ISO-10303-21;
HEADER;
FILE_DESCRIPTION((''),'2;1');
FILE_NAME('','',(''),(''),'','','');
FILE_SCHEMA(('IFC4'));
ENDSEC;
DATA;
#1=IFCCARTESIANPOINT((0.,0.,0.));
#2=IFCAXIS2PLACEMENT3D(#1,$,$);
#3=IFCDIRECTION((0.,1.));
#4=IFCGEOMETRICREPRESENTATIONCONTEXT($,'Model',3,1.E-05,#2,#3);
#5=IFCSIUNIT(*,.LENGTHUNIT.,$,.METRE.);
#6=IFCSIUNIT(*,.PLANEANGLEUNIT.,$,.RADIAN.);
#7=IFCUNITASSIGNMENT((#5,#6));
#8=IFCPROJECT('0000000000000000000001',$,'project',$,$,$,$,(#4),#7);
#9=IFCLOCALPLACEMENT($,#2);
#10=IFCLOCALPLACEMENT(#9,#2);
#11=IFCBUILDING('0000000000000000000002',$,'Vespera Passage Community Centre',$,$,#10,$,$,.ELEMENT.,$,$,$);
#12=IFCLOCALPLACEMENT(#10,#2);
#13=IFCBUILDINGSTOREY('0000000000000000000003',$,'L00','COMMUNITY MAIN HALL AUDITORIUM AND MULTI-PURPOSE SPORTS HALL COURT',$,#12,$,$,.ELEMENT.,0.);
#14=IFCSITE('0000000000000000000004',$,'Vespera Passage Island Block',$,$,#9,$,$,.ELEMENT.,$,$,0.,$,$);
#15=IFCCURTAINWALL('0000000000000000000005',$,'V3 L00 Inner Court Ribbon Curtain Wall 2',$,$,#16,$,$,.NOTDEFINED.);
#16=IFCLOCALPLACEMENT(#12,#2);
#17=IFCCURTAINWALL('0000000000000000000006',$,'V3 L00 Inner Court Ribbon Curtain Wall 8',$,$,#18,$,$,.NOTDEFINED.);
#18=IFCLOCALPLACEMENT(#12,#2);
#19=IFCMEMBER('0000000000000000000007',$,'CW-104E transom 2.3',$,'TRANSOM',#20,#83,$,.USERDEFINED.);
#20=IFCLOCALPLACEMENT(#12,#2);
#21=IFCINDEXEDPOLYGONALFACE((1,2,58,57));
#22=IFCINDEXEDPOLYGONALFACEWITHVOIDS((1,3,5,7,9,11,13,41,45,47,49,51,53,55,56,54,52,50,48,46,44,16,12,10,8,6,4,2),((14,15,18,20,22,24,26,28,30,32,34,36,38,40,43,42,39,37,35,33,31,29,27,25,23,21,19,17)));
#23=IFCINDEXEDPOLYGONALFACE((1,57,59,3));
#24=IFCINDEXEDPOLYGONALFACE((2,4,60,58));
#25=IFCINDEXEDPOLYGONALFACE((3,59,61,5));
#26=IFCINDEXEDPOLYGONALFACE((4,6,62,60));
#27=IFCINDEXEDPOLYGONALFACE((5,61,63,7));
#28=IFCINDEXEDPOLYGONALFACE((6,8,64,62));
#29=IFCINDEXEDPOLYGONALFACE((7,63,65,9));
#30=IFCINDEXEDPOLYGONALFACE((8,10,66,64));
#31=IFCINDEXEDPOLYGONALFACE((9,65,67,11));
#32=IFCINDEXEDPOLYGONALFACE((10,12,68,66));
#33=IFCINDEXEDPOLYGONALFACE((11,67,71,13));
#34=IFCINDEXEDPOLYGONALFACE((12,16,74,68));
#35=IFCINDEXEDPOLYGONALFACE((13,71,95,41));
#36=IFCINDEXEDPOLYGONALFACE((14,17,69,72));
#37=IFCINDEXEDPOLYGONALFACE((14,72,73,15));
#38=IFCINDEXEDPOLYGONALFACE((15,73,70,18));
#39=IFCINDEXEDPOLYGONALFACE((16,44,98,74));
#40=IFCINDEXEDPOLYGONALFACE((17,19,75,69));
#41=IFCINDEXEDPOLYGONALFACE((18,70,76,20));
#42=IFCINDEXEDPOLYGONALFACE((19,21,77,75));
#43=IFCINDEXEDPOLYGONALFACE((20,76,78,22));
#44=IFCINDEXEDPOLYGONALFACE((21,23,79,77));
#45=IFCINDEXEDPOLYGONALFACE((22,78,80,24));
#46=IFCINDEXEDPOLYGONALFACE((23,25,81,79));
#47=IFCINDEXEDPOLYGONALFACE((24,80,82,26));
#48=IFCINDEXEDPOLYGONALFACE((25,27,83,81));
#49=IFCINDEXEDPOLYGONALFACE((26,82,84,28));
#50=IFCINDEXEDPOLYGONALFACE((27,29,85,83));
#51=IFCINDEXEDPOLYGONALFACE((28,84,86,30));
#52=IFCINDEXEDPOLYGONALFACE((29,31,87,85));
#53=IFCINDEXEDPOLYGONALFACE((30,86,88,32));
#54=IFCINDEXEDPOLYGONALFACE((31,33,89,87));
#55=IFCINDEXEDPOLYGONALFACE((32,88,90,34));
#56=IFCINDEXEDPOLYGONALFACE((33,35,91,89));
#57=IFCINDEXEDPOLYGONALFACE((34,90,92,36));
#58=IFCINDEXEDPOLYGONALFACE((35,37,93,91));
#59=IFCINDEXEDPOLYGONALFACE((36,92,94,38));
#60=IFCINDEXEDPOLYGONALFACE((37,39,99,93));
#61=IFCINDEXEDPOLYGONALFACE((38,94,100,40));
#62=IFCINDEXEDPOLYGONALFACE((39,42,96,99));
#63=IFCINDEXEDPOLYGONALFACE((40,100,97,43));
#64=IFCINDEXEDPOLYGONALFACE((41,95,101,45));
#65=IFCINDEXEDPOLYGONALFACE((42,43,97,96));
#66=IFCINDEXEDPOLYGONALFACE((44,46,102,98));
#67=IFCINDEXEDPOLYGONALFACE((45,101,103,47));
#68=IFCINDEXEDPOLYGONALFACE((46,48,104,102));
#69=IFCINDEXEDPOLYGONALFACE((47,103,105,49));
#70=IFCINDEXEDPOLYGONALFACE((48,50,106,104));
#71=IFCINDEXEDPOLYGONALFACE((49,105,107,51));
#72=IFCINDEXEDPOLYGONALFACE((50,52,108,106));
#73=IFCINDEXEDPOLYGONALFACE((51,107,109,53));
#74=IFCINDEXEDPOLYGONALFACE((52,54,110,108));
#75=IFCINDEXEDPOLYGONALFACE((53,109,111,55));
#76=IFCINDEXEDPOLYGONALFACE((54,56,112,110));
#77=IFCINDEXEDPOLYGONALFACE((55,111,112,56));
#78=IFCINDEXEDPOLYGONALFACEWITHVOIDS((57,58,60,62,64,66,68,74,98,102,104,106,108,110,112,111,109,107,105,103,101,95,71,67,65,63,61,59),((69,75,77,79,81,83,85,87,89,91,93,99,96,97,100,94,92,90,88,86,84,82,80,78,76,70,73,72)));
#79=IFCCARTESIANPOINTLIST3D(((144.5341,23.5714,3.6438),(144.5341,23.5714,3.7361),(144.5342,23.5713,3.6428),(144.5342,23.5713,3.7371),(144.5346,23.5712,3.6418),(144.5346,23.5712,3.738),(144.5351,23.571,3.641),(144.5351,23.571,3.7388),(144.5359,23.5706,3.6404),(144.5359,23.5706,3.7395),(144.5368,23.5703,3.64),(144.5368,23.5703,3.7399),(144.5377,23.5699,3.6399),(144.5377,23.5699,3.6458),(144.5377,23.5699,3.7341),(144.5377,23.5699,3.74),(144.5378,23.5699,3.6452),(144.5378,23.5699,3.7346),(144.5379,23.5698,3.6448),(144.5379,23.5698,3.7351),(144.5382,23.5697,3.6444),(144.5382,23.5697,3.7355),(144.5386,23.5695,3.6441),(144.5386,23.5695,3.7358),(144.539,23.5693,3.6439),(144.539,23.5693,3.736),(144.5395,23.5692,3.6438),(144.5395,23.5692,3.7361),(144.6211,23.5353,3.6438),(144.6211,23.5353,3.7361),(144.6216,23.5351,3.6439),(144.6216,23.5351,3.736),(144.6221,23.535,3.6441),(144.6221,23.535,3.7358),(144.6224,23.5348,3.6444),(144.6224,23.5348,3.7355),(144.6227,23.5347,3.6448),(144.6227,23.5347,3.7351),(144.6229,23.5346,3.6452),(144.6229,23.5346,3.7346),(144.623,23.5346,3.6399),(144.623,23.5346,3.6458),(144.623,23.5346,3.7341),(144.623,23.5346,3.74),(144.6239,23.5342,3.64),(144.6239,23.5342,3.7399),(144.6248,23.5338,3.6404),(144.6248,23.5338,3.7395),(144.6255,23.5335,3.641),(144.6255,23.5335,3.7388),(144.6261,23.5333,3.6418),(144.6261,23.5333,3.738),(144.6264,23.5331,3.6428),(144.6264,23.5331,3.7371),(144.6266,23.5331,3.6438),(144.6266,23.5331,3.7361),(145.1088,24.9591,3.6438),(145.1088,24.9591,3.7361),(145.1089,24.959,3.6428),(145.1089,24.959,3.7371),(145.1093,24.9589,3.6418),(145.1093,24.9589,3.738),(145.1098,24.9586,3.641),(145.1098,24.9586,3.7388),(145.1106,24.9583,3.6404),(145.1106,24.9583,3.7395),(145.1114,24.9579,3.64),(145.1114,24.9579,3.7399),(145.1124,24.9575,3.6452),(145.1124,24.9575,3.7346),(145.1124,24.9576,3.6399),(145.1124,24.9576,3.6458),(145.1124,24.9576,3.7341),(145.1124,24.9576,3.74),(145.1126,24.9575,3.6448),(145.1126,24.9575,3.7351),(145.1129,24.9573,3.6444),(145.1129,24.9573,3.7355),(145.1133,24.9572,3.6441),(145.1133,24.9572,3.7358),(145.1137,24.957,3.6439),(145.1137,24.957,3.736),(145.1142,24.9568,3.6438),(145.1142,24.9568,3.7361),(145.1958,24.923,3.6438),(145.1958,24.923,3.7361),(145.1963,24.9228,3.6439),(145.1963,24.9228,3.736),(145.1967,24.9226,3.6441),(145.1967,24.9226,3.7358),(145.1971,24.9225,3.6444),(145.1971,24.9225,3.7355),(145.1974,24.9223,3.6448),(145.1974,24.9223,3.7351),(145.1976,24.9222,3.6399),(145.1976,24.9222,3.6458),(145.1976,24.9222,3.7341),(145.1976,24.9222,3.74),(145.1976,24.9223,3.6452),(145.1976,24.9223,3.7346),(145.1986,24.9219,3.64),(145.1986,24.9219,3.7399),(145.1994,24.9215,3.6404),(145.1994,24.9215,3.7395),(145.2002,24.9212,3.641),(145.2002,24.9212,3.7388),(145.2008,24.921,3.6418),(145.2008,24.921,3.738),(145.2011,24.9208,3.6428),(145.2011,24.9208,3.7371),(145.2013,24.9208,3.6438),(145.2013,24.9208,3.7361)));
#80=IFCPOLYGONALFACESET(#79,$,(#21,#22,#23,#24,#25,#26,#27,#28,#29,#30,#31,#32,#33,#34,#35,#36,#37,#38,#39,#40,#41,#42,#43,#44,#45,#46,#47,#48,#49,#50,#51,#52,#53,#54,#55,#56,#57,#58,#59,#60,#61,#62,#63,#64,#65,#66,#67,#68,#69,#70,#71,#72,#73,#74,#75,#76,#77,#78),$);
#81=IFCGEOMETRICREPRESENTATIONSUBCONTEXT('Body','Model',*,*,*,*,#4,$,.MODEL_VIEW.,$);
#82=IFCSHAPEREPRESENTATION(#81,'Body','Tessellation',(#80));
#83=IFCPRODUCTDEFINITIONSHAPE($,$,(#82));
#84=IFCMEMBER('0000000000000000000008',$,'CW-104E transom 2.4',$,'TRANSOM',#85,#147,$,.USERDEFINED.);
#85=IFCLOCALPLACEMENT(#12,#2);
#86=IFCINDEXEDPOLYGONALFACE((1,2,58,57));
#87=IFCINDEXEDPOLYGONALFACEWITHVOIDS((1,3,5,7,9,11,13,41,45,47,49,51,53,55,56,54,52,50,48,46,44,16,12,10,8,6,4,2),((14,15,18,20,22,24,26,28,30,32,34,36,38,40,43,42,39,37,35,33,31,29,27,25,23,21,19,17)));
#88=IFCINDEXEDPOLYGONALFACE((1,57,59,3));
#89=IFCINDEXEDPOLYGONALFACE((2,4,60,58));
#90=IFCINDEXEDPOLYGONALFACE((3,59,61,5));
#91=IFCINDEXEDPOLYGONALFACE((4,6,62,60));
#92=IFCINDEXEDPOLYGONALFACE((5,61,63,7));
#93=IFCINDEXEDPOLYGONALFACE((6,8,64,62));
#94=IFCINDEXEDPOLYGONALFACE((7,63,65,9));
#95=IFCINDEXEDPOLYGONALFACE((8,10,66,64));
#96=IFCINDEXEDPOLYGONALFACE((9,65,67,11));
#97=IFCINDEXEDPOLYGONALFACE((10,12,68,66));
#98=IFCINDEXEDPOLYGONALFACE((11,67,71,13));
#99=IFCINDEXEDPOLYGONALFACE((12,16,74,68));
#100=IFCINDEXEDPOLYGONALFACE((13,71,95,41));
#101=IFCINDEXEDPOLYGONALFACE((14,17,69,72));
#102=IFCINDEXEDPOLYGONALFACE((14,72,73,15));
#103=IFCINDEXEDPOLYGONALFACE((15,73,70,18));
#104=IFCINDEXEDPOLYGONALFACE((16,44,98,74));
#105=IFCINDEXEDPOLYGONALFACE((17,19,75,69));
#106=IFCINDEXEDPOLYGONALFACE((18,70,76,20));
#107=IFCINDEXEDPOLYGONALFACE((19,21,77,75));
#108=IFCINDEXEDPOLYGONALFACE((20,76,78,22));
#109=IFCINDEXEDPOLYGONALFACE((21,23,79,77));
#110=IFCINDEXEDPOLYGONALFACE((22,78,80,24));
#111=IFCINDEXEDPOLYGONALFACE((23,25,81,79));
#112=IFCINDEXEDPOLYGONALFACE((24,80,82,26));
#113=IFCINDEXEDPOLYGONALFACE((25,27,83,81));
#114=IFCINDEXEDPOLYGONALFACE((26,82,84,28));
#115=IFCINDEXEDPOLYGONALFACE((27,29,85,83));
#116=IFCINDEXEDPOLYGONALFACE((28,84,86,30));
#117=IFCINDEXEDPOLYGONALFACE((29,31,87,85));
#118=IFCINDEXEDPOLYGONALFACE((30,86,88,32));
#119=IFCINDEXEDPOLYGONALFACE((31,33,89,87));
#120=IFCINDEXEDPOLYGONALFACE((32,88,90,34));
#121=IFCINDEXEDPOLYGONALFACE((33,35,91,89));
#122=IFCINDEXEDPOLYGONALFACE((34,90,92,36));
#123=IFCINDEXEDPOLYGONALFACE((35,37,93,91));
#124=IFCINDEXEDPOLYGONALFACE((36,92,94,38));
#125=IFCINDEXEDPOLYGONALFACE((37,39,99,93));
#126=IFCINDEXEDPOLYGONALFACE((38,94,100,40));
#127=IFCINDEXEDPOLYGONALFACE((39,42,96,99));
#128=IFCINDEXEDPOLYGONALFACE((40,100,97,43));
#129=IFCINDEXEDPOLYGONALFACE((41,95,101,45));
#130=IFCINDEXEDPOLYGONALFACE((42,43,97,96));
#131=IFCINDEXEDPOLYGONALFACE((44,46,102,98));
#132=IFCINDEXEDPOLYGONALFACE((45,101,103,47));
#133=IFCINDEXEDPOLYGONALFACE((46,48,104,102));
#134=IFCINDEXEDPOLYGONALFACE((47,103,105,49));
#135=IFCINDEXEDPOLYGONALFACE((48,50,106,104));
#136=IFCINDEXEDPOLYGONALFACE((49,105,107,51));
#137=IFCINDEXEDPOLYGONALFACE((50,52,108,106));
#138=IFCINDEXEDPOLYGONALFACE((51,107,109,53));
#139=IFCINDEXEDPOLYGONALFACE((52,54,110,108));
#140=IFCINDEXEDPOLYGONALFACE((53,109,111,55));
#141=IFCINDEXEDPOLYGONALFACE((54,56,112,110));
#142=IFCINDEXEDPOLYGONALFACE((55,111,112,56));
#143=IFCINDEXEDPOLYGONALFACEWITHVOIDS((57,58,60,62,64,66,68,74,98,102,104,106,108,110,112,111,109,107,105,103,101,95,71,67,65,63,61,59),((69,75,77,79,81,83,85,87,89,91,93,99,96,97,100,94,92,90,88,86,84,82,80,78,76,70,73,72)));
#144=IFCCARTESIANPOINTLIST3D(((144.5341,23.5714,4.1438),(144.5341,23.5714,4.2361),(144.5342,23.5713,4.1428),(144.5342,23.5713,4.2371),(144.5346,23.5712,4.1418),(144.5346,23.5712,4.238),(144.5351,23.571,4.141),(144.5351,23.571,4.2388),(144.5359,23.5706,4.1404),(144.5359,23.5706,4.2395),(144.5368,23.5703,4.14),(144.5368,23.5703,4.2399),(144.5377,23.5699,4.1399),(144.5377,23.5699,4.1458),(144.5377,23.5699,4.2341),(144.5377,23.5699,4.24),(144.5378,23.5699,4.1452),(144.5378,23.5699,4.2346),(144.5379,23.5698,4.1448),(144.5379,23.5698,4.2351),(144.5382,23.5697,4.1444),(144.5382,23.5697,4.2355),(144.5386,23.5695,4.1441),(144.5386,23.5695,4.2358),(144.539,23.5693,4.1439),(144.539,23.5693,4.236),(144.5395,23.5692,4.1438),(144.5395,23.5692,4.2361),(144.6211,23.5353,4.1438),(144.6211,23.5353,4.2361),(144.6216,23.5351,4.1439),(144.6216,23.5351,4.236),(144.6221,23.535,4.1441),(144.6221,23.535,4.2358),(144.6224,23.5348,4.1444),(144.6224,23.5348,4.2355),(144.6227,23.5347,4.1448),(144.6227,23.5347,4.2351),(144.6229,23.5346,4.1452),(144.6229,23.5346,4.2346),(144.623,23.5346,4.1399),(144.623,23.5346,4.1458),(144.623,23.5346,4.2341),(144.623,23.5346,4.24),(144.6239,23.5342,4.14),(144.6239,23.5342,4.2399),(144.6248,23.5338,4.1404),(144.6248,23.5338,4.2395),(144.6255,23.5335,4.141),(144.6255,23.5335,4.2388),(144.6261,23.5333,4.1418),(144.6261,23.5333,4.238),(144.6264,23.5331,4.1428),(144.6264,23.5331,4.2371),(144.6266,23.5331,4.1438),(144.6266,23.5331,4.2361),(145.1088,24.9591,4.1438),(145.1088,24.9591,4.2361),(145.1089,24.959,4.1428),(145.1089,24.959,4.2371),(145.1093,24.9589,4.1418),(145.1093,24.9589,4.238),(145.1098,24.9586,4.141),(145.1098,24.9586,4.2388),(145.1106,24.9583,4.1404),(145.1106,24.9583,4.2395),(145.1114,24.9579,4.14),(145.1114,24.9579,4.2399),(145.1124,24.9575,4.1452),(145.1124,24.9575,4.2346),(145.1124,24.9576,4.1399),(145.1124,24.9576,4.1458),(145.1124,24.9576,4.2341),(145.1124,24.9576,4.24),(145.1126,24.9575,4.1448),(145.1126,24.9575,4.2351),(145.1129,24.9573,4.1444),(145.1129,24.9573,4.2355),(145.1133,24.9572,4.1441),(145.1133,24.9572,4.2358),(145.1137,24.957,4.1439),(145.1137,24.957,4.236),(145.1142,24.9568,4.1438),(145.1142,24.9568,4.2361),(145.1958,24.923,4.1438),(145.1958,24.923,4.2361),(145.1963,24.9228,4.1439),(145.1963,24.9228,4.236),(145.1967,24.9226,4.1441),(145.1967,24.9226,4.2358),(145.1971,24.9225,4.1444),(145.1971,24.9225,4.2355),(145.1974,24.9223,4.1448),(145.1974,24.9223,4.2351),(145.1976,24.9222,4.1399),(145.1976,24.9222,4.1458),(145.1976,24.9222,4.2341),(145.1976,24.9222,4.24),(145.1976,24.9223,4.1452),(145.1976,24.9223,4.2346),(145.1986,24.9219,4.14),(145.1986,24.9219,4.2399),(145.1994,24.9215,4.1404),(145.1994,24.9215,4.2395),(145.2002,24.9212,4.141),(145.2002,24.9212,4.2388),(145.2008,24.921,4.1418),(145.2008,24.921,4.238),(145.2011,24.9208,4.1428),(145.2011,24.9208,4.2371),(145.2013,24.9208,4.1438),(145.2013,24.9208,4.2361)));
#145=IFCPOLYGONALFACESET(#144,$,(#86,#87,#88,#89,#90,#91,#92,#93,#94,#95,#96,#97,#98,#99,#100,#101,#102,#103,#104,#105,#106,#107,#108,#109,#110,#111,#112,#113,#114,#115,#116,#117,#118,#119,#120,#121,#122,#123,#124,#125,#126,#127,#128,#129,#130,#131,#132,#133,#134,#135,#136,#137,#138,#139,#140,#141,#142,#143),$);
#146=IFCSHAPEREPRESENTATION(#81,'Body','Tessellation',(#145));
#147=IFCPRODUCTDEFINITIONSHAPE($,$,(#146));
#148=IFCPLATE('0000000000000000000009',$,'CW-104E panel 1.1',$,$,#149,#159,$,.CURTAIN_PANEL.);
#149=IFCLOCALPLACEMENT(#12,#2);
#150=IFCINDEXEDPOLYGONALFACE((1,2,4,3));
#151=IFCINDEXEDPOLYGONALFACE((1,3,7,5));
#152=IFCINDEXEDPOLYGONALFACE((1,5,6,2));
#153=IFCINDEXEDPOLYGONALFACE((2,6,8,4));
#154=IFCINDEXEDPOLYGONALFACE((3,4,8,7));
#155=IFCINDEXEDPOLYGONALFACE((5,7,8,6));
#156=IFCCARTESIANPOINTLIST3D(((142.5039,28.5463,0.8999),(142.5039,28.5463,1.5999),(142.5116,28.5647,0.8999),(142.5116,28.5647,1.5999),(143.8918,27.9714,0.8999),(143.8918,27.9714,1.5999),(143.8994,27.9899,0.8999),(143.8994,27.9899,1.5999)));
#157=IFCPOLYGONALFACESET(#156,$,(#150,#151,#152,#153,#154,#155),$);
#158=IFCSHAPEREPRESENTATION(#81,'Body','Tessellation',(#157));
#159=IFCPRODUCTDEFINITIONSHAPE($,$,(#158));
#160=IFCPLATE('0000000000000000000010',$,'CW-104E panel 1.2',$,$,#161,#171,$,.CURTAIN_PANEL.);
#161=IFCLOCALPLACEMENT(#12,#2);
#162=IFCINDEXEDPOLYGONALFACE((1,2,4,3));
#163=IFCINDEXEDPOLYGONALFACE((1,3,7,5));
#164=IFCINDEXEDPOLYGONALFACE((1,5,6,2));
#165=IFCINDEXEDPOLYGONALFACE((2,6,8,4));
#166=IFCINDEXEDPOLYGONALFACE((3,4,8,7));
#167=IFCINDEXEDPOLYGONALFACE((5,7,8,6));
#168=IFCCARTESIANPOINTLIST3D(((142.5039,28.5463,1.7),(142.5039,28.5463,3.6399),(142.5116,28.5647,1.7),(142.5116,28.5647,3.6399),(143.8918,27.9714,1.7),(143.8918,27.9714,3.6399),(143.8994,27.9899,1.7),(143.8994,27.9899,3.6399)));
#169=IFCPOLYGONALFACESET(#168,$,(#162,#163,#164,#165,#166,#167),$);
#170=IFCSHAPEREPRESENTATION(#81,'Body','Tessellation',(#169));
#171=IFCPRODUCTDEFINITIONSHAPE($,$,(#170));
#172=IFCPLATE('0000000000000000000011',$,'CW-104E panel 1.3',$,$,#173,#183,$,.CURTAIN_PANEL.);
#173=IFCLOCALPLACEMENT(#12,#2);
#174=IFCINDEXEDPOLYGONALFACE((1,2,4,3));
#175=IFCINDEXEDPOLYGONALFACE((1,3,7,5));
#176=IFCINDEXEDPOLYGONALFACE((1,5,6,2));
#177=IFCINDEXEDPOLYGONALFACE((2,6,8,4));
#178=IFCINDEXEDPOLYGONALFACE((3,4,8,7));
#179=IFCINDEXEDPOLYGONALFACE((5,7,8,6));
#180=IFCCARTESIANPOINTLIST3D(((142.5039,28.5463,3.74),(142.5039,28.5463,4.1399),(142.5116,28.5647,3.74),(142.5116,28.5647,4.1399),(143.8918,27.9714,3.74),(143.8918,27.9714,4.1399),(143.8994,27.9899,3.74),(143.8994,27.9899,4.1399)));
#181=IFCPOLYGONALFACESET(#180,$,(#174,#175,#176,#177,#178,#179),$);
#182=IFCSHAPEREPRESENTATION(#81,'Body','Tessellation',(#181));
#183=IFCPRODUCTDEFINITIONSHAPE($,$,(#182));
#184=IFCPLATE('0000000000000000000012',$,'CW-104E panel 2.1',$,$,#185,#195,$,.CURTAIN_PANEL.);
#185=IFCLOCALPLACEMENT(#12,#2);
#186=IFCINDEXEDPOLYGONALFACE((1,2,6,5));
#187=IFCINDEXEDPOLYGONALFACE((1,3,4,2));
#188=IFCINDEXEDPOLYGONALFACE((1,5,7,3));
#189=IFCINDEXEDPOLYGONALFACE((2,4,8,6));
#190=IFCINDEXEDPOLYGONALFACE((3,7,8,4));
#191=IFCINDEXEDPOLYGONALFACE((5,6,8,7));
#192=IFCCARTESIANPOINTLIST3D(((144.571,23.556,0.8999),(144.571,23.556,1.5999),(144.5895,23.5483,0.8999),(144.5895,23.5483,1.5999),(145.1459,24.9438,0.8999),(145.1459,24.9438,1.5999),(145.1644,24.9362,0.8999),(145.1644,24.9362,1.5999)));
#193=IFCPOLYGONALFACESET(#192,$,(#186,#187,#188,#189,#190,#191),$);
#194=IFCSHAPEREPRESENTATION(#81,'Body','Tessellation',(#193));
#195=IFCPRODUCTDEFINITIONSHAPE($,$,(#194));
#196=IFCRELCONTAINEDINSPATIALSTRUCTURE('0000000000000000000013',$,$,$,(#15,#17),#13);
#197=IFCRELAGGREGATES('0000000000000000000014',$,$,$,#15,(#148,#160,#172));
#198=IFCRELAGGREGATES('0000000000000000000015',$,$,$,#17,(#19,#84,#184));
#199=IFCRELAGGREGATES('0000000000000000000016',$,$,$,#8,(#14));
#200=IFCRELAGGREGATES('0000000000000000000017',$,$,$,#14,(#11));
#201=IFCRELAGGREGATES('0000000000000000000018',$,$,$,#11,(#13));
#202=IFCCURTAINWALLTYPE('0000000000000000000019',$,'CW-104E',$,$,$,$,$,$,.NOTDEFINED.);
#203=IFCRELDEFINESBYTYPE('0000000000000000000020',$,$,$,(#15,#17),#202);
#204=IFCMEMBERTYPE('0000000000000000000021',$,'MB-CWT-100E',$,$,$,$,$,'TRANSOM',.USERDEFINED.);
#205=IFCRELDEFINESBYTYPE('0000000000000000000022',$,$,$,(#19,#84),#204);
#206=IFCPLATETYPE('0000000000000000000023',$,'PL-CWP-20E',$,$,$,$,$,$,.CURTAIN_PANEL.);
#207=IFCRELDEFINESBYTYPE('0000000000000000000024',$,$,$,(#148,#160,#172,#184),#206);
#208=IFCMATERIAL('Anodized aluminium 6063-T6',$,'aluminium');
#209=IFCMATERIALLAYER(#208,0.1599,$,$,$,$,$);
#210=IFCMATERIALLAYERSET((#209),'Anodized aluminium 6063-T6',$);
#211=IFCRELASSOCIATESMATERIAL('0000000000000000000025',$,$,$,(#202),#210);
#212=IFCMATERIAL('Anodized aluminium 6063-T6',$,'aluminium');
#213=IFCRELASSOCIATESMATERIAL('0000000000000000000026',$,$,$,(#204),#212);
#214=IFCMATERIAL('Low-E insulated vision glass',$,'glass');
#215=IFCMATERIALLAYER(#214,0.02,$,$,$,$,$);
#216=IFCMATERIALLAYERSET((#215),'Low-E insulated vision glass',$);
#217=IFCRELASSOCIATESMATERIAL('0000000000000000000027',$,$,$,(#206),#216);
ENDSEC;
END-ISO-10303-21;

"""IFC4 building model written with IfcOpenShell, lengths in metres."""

from ifc_helpers import new_model, si_unit, direction, frame, origin, origin_2d, place, context, subcontext, project, spatial, rectangle, hollow_rectangle, extrude, material, layer, layer_set, material_profile, profile_set, type_object, element, aggregate, save


model = new_model("IFC4")

# Units and contexts
model_context = context("Model", 3, precision=1e-05, world=origin(), true_north=direction((0.0, 1.0)))
body_context = subcontext(model_context, "Body", "Model", "MODEL_VIEW")
ifc_project = project(units=[si_unit("LENGTHUNIT", "METRE"), si_unit("PLANEANGLEUNIT", "RADIAN")], contexts=[model_context])

# Site, building, storey
site_placement = place(None, origin())
site = spatial("IfcSite", under=ifc_project, at=site_placement, Name="Vespera Passage Island Block", CompositionType="ELEMENT", RefElevation=0.0)
building_placement = place(site_placement, origin())
building = spatial("IfcBuilding", under=site, at=building_placement, Name="Vespera Passage Community Centre", CompositionType="ELEMENT")
storey_placement = place(building_placement, origin())
storey = spatial("IfcBuildingStorey", under=building, at=storey_placement, Name="L00", Description="COMMUNITY MAIN HALL AUDITORIUM AND MULTI-PURPOSE SPORTS HALL COURT", CompositionType="ELEMENT", Elevation=0.0)

# Curtain wall
ifc_material_1 = material(Name="Anodized aluminium 6063-T6", Category="aluminium")
ifc_layer_1 = layer(ifc_material_1, 0.1599)
ifc_layer_set_1 = layer_set([ifc_layer_1], Name="Anodized aluminium 6063-T6")
curtain_wall_type = type_object("IfcCurtainWallType", Name="CW-104E", PredefinedType="NOTDEFINED", material=ifc_layer_set_1)
curtain_wall_1_placement = place(storey_placement, origin())
curtain_wall_1 = element("IfcCurtainWall", 1, at=curtain_wall_1_placement, inside=storey, type_object=curtain_wall_type, Name="V3 L00 Inner Court Ribbon Curtain Wall 2", PredefinedType="NOTDEFINED")

# Curtain wall
curtain_wall_2_placement = place(storey_placement, origin())
curtain_wall_2 = element("IfcCurtainWall", 2, at=curtain_wall_2_placement, inside=storey, type_object=curtain_wall_type, Name="V3 L00 Inner Court Ribbon Curtain Wall 8", PredefinedType="NOTDEFINED")

# Members
ifc_material_2 = material(Name="Anodized aluminium 6063-T6", Category="aluminium")
ifc_material_profile_1 = material_profile(ifc_material_2, hollow_rectangle(XDim=0.1001, YDim=0.1001, WallThickness=0.0039, InnerFilletRadius=0.002, OuterFilletRadius=0.0039, at=origin_2d()), Name="ALU100X100X4")
ifc_profile_set_1 = profile_set([ifc_material_profile_1], Name="Anodized aluminium 6063-T6")
member_type_1 = type_object("IfcMemberType", Name="MB-CWT-100E", ElementType="TRANSOM", PredefinedType="USERDEFINED", material=ifc_profile_set_1)
member_1_placement = place(storey_placement, frame((144.5803, 23.5522, 3.6899), z_axis=(0.382629, 0.923902, 0.0), x_axis=(-0.923902, 0.382629, 0.0)))
member_1 = element("IfcMember", 3, at=member_1_placement, type_object=member_type_1, Name="CW-104E transom 2.3", ObjectType="TRANSOM", PredefinedType="USERDEFINED", context=body_context, shape_type="SweptSolid", body=[
    extrude(hollow_rectangle(XDim=0.1001, YDim=0.1001, WallThickness=0.0039, InnerFilletRadius=0.002, OuterFilletRadius=0.0039, at=origin_2d()), origin(), (0.0, 0.0, 1.0), 1.502),
])
member_2_placement = place(storey_placement, frame((144.5803, 23.5522, 4.1899), z_axis=(0.382629, 0.923902, 0.0), x_axis=(-0.923902, 0.382629, 0.0)))
member_2 = element("IfcMember", 4, at=member_2_placement, type_object=member_type_1, Name="CW-104E transom 2.4", ObjectType="TRANSOM", PredefinedType="USERDEFINED", context=body_context, shape_type="SweptSolid", body=[
    extrude(hollow_rectangle(XDim=0.1001, YDim=0.1001, WallThickness=0.0039, InnerFilletRadius=0.002, OuterFilletRadius=0.0039, at=origin_2d()), origin(), (0.0, 0.0, 1.0), 1.502),
])

# Plates
ifc_material_3 = material(Name="Low-E insulated vision glass", Category="glass")
ifc_layer_2 = layer(ifc_material_3, 0.02)
ifc_layer_set_2 = layer_set([ifc_layer_2], Name="Low-E insulated vision glass")
plate_type = type_object("IfcPlateType", Name="PL-CWP-20E", PredefinedType="CURTAIN_PANEL", material=ifc_layer_set_2)
plate_1_placement = place(storey_placement, frame((143.2017, 28.2681, 0.8999), z_axis=(0.0, 0.0, 1.0), x_axis=(-0.923879, 0.382686, 0.0)))
plate_1 = element("IfcPlate", 5, at=plate_1_placement, type_object=plate_type, Name="CW-104E panel 1.1", PredefinedType="CURTAIN_PANEL", context=body_context, shape_type="SweptSolid", body=[
    extrude(rectangle(XDim=1.5022, YDim=0.02, at=origin_2d()), origin(), (0.0, 0.0, 1.0), 0.7),
])
plate_2_placement = place(storey_placement, frame((143.2017, 28.2681, 1.7), z_axis=(0.0, 0.0, 1.0), x_axis=(-0.923879, 0.382686, 0.0)))
plate_2 = element("IfcPlate", 6, at=plate_2_placement, type_object=plate_type, Name="CW-104E panel 1.2", PredefinedType="CURTAIN_PANEL", context=body_context, shape_type="SweptSolid", body=[
    extrude(rectangle(XDim=1.5022, YDim=0.02, at=origin_2d()), origin(), (0.0, 0.0, 1.0), 1.9399),
])
plate_3_placement = place(storey_placement, frame((143.2017, 28.2681, 3.74), z_axis=(0.0, 0.0, 1.0), x_axis=(-0.923879, 0.382686, 0.0)))
plate_3 = element("IfcPlate", 7, at=plate_3_placement, type_object=plate_type, Name="CW-104E panel 1.3", PredefinedType="CURTAIN_PANEL", context=body_context, shape_type="SweptSolid", body=[
    extrude(rectangle(XDim=1.5022, YDim=0.02, at=origin_2d()), origin(), (0.0, 0.0, 1.0), 0.3999),
])
aggregate(curtain_wall_1, [plate_1, plate_2, plate_3])
plate_4_placement = place(storey_placement, frame((144.8677, 24.2461, 0.8999), z_axis=(0.0, 0.0, 1.0), x_axis=(0.382686, 0.923879, 0.0)))
plate_4 = element("IfcPlate", 8, at=plate_4_placement, type_object=plate_type, Name="CW-104E panel 2.1", PredefinedType="CURTAIN_PANEL", context=body_context, shape_type="SweptSolid", body=[
    extrude(rectangle(XDim=1.5022, YDim=0.02, at=origin_2d()), origin(), (0.0, 0.0, 1.0), 0.7),
])
aggregate(curtain_wall_2, [member_1, member_2, plate_4])

save(model, "model.ifc")
